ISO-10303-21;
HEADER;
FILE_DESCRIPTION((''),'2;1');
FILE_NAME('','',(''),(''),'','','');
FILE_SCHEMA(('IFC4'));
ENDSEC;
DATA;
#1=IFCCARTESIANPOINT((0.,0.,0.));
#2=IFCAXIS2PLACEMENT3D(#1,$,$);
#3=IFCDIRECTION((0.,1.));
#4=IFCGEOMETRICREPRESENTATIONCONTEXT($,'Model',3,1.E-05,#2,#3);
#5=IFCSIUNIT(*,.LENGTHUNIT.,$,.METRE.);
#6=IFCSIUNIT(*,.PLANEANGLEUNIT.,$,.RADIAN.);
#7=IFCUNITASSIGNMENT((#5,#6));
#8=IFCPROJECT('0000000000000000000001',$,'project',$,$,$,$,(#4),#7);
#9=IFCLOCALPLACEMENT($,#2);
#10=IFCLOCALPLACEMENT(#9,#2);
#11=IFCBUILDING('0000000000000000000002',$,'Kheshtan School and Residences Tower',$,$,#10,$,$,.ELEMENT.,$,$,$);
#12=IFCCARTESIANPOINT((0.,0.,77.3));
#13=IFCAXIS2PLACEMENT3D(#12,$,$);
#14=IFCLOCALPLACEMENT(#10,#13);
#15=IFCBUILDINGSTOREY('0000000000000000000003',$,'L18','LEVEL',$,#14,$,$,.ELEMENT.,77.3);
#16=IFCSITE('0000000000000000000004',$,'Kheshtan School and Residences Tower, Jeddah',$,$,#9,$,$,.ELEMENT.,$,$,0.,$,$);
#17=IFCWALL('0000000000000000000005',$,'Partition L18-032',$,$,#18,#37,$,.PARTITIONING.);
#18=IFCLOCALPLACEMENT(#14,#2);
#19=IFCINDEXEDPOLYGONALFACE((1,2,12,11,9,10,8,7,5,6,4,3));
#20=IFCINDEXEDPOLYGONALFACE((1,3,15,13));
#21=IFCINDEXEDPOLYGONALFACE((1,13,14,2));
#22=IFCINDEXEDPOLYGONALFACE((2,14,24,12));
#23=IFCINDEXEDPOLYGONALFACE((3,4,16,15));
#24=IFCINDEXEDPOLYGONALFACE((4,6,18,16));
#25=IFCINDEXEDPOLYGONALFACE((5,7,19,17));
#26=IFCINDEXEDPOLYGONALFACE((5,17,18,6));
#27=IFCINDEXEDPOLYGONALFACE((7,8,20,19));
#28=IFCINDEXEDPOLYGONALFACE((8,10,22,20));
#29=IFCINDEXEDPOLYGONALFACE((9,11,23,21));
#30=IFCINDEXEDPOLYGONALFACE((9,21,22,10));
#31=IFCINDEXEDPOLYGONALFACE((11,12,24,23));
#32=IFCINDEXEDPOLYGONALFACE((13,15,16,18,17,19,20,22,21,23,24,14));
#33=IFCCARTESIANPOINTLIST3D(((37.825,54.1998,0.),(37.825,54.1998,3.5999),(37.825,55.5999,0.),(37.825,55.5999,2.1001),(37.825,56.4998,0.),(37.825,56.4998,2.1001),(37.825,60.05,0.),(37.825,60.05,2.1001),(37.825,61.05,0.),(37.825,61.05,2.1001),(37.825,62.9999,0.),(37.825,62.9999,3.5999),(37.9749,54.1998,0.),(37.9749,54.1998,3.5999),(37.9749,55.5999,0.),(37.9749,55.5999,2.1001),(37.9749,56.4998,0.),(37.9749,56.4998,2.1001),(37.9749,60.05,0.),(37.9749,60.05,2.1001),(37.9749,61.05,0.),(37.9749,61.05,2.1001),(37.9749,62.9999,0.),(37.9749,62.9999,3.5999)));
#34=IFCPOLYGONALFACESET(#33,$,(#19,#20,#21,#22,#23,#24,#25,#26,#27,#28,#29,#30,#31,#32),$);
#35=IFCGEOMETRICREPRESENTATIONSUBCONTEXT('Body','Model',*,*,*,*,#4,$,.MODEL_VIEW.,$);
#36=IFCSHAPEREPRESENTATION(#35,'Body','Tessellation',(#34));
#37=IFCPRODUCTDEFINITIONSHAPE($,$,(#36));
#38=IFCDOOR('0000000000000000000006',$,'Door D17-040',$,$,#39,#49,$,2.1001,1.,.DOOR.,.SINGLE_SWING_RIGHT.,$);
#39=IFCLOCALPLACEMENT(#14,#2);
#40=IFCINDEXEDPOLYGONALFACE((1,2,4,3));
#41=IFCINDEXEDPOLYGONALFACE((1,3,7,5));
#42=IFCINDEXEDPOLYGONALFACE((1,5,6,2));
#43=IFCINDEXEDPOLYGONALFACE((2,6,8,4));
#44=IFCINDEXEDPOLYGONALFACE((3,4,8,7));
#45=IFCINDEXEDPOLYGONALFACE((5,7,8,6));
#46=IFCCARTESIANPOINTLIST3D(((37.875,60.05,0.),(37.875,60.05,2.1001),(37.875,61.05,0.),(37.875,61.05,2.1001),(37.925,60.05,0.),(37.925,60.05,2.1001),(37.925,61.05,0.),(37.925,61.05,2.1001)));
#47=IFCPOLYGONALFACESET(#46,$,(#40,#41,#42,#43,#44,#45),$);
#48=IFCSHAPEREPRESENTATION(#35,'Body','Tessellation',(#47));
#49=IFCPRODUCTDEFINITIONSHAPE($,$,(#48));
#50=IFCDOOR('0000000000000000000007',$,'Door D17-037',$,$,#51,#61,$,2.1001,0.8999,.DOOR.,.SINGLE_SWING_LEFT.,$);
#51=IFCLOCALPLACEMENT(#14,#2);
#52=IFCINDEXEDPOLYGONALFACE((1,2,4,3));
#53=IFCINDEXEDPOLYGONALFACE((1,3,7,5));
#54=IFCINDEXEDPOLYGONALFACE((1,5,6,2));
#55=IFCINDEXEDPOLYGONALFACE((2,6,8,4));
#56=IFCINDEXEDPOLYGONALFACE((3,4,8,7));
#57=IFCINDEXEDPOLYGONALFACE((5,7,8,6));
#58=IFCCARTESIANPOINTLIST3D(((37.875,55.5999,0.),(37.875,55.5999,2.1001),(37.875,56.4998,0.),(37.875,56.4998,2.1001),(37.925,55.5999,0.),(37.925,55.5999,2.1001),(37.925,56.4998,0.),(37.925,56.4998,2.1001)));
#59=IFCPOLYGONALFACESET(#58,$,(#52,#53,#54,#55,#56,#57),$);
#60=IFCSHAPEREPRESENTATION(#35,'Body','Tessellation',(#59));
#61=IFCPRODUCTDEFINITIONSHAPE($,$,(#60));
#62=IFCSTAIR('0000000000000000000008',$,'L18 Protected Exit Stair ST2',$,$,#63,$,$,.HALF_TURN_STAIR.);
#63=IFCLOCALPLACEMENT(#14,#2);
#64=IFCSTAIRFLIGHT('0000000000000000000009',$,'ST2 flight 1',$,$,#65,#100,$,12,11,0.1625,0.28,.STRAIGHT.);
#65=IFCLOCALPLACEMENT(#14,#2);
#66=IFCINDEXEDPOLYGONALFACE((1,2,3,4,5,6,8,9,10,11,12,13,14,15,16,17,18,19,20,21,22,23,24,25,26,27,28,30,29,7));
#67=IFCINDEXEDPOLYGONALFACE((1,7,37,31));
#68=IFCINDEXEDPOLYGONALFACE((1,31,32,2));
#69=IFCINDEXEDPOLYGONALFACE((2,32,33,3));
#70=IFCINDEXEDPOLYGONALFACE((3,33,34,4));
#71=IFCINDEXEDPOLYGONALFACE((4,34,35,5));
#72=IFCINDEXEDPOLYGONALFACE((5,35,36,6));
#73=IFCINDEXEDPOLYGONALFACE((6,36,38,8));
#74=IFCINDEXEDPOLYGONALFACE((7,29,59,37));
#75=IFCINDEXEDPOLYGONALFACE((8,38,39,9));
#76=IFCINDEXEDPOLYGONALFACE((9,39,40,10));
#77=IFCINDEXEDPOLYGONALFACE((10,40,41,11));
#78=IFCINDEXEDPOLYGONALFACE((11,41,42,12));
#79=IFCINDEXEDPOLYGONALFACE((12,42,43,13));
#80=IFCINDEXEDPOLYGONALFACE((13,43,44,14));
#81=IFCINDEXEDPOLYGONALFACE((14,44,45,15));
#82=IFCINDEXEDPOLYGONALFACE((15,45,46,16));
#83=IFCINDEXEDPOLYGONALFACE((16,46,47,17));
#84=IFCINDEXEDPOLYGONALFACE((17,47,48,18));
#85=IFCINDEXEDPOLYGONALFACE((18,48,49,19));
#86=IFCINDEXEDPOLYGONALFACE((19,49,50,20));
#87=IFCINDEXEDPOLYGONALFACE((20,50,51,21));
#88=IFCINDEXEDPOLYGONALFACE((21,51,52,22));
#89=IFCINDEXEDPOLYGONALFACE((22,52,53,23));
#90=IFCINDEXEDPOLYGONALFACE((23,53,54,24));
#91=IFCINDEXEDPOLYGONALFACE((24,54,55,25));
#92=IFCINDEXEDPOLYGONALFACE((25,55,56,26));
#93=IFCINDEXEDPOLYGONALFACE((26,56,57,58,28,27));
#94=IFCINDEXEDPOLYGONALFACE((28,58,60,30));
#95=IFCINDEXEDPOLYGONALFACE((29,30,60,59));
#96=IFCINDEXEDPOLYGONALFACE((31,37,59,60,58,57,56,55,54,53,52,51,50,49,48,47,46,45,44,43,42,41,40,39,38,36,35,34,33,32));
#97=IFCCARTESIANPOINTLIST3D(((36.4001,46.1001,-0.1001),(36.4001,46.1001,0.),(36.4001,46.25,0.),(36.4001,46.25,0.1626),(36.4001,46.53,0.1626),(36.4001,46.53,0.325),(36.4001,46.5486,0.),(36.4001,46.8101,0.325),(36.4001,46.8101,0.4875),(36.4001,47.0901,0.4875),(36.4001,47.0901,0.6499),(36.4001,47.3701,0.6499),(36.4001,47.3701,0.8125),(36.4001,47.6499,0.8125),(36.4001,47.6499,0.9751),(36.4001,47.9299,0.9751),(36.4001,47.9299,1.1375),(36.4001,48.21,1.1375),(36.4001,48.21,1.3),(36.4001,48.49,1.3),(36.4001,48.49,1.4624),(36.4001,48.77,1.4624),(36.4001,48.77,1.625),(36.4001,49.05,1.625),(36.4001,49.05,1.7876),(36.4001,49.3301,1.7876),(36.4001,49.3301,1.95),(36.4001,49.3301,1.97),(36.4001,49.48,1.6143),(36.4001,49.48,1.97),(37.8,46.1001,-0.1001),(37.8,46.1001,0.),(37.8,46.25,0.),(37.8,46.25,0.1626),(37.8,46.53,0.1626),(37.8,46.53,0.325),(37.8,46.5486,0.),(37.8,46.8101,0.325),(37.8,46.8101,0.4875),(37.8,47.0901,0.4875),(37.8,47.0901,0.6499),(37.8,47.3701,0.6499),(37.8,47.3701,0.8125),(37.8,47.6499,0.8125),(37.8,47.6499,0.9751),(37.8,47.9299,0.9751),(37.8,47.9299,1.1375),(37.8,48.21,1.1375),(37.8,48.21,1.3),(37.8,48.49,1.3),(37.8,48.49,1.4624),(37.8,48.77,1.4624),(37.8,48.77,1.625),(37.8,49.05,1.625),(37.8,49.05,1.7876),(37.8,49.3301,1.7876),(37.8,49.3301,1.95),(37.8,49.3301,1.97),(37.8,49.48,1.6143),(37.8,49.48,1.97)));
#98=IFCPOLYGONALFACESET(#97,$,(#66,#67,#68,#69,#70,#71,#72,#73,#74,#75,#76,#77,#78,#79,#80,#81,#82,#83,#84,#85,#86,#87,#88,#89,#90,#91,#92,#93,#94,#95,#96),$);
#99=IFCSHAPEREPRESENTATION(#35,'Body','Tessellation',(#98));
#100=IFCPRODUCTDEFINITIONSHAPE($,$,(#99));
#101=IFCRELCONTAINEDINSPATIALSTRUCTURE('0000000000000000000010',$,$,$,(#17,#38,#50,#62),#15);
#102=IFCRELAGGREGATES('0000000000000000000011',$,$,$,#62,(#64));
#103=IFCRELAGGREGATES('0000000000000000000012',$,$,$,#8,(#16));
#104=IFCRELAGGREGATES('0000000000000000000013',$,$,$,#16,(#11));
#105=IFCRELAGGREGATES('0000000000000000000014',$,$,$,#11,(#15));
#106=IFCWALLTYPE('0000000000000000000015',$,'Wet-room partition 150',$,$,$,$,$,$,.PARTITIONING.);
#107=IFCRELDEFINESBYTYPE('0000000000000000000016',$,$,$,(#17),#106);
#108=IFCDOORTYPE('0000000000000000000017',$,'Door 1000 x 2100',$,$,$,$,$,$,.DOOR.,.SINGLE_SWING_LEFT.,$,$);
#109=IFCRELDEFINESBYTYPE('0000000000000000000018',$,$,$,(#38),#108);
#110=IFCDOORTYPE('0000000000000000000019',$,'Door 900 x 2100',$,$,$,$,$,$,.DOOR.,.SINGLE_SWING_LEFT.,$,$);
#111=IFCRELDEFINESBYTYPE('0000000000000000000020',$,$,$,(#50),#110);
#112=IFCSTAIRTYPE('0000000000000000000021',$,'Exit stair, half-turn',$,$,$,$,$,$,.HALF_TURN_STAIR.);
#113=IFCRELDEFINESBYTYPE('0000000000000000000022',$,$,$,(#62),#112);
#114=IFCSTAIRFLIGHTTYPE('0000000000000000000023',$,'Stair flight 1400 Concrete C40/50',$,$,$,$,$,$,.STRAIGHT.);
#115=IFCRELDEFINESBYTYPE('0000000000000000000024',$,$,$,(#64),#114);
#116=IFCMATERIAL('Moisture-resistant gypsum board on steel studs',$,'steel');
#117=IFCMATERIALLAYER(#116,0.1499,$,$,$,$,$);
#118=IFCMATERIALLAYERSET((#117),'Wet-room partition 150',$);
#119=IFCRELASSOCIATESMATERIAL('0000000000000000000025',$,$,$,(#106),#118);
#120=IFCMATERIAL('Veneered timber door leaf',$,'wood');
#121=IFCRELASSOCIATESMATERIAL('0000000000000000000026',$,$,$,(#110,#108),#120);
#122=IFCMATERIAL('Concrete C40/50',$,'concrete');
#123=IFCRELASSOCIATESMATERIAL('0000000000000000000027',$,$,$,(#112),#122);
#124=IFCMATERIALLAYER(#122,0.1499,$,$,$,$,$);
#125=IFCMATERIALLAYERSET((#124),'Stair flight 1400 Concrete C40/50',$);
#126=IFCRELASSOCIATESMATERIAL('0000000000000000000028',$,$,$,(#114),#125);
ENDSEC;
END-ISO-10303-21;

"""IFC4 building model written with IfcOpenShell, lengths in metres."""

from ifc_helpers import new_model, si_unit, direction, frame, frame_2d, origin, place, context, subcontext, project, spatial, polyline, rectangle, outline, extrude, source, transform, mapped, material, layer, layer_set, type_object, element, fill, aggregate, save


model = new_model("IFC4")

# Units and contexts
model_context = context("Model", 3, precision=1e-05, world=origin(), true_north=direction((0.0, 1.0)))
body_context = subcontext(model_context, "Body", "Model", "MODEL_VIEW")
ifc_project = project(units=[si_unit("LENGTHUNIT", "METRE"), si_unit("PLANEANGLEUNIT", "RADIAN")], contexts=[model_context])

# Site, building, storey
site_placement = place(None, origin())
site = spatial("IfcSite", under=ifc_project, at=site_placement, Name="Kheshtan School and Residences Tower, Jeddah", CompositionType="ELEMENT", RefElevation=0.0)
building_placement = place(site_placement, origin())
building = spatial("IfcBuilding", under=site, at=building_placement, Name="Kheshtan School and Residences Tower", CompositionType="ELEMENT")
storey_placement = place(building_placement, frame((0.0, 0.0, 77.3)))
storey = spatial("IfcBuildingStorey", under=building, at=storey_placement, Name="L18", Description="LEVEL", CompositionType="ELEMENT", Elevation=77.3)

# Wall, openings, doors
ifc_material_1 = material(Name="Moisture-resistant gypsum board on steel studs", Category="steel")
ifc_layer_1 = layer(ifc_material_1, 0.1499)
ifc_layer_set_1 = layer_set([ifc_layer_1], Name="Wet-room partition 150")
wall_type_1 = type_object("IfcWallType", Name="Wet-room partition 150", PredefinedType="PARTITIONING", material=ifc_layer_set_1)
ifc_material_2 = material(Name="Veneered timber door leaf", Category="wood")
door_type_1 = type_object("IfcDoorType", Name="Door 900 x 2100", OperationType="SINGLE_SWING_LEFT", PredefinedType="DOOR", material=ifc_material_2)
shared_shape_1 = source(origin(), body_context, "Body", "SweptSolid", [
    extrude(rectangle(XDim=0.8999, YDim=2.1001, at=frame_2d((0.45, 1.05))), frame((0.0, 0.0249, 0.0), z_axis=(0.0, -1.0, 0.0), x_axis=(1.0, 0.0, 0.0)), (0.0, 0.0, 1.0), 0.05),
])
wall_1_placement = place(storey_placement, frame((37.8999, 54.2, 0.0), z_axis=(0.0, 0.0, 1.0), x_axis=(0.0, 1.0, 0.0)))
wall_1 = element("IfcWall", 1, at=wall_1_placement, inside=storey, type_object=wall_type_1, Name="Partition L18-032", PredefinedType="PARTITIONING", context=body_context, shape_type="SweptSolid", body=[
    extrude(rectangle(XDim=8.8, YDim=0.1499, at=frame_2d((4.3999, 0.0))), origin(), (0.0, 0.0, 1.0), 3.5999),
])
opening_1_placement = place(wall_1_placement, frame((1.3999, 0.0, 0.0)))
opening_1 = element("IfcOpeningElement", 2, at=opening_1_placement, cuts=wall_1, PredefinedType="OPENING", context=body_context, shape_type="SweptSolid", body=[
    extrude(rectangle(XDim=0.8999, YDim=2.1001, at=frame_2d((0.45, 1.05))), frame((0.0, 0.085, 0.0), z_axis=(0.0, -1.0, 0.0), x_axis=(1.0, 0.0, 0.0)), (0.0, 0.0, 1.0), 0.1699),
])
opening_2_placement = place(wall_1_placement, frame((5.8501, 0.0, 0.0)))
opening_2 = element("IfcOpeningElement", 3, at=opening_2_placement, cuts=wall_1, PredefinedType="OPENING", context=body_context, shape_type="SweptSolid", body=[
    extrude(rectangle(XDim=1.0, YDim=2.1001, at=frame_2d((0.5, 1.05))), frame((0.0, 0.085, 0.0), z_axis=(0.0, -1.0, 0.0), x_axis=(1.0, 0.0, 0.0)), (0.0, 0.0, 1.0), 0.1699),
])
door_type_2 = type_object("IfcDoorType", Name="Door 1000 x 2100", OperationType="SINGLE_SWING_LEFT", PredefinedType="DOOR", material=ifc_material_2)
shared_shape_2 = source(origin(), body_context, "Body", "SweptSolid", [
    extrude(rectangle(XDim=1.0, YDim=2.1001, at=frame_2d((0.5, 1.05))), frame((0.0, 0.0249, 0.0), z_axis=(0.0, -1.0, 0.0), x_axis=(1.0, 0.0, 0.0)), (0.0, 0.0, 1.0), 0.05),
])
door_1_placement = place(opening_2_placement, origin())
door_1 = element("IfcDoor", 4, at=door_1_placement, inside=storey, type_object=door_type_2, Name="Door D17-040", OperationType="SINGLE_SWING_RIGHT", OverallHeight=2.1001, OverallWidth=1.0, PredefinedType="DOOR", context=body_context, shape_type="MappedRepresentation", body=[
    mapped(shared_shape_2, transform((0.0, 0.0, 0.0), x_axis=(1.0, 0.0, 0.0), y_axis=(0.0, 1.0, 0.0), z_axis=(0.0, 0.0, 1.0), scale=1.0)),
])
fill(opening_2, door_1)
door_2_placement = place(opening_1_placement, origin())
door_2 = element("IfcDoor", 5, at=door_2_placement, inside=storey, type_object=door_type_1, Name="Door D17-037", OperationType="SINGLE_SWING_LEFT", OverallHeight=2.1001, OverallWidth=0.8999, PredefinedType="DOOR", context=body_context, shape_type="MappedRepresentation", body=[
    mapped(shared_shape_1, transform((0.0, 0.0, 0.0), x_axis=(1.0, 0.0, 0.0), y_axis=(0.0, 1.0, 0.0), z_axis=(0.0, 0.0, 1.0), scale=1.0)),
])
fill(opening_1, door_2)

# Stair, stair flight
ifc_material_3 = material(Name="Concrete C40/50", Category="concrete")
stair_type = type_object("IfcStairType", Name="Exit stair, half-turn", PredefinedType="HALF_TURN_STAIR", material=ifc_material_3)
stair_placement = place(storey_placement, origin())
stair = element("IfcStair", 6, at=stair_placement, inside=storey, type_object=stair_type, Name="L18 Protected Exit Stair ST2", PredefinedType="HALF_TURN_STAIR")
ifc_layer_2 = layer(ifc_material_3, 0.1499)
ifc_layer_set_2 = layer_set([ifc_layer_2], Name="Stair flight 1400 Concrete C40/50")
stair_flight_type = type_object("IfcStairFlightType", Name="Stair flight 1400 Concrete C40/50", PredefinedType="STRAIGHT", material=ifc_layer_set_2)
stair_flight_placement = place(storey_placement, frame((37.1001, 46.25, 0.0), z_axis=(0.0, 0.0, 1.0), x_axis=(0.0, 1.0, 0.0)))
stair_flight = element("IfcStairFlight", 7, at=stair_flight_placement, type_object=stair_flight_type, Name="ST2 flight 1", NumberOfRisers=12, NumberOfTreads=11, PredefinedType="STRAIGHT", RiserHeight=0.1625, TreadLength=0.28, context=body_context, shape_type="SweptSolid", body=[
    extrude(outline(polyline([(-0.1499, -0.1001), (-0.1499, 0.0), (0.0, 0.0), (0.0, 0.1626), (0.28, 0.1626), (0.28, 0.325), (0.5601, 0.325), (0.5601, 0.4875), (0.8401, 0.4875), (0.8401, 0.6499), (1.1201, 0.6499), (1.1201, 0.8125), (1.3999, 0.8125), (1.3999, 0.9751), (1.6799, 0.9751), (1.6799, 1.1375), (1.96, 1.1375), (1.96, 1.3), (2.24, 1.3), (2.24, 1.4624), (2.52, 1.4624), (2.52, 1.625), (2.8, 1.625), (2.8, 1.7876), (3.0801, 1.7876), (3.0801, 1.95), (3.0801, 1.97), (3.23, 1.97), (3.23, 1.6143), (0.2986, 0.0), (-0.1499, -0.1001)])), frame((0.0, 0.7, 0.0), z_axis=(0.0, -1.0, 0.0), x_axis=(1.0, 0.0, 0.0)), (0.0, 0.0, 1.0), 1.3999),
])
aggregate(stair, [stair_flight])

save(model, "model.ifc")
